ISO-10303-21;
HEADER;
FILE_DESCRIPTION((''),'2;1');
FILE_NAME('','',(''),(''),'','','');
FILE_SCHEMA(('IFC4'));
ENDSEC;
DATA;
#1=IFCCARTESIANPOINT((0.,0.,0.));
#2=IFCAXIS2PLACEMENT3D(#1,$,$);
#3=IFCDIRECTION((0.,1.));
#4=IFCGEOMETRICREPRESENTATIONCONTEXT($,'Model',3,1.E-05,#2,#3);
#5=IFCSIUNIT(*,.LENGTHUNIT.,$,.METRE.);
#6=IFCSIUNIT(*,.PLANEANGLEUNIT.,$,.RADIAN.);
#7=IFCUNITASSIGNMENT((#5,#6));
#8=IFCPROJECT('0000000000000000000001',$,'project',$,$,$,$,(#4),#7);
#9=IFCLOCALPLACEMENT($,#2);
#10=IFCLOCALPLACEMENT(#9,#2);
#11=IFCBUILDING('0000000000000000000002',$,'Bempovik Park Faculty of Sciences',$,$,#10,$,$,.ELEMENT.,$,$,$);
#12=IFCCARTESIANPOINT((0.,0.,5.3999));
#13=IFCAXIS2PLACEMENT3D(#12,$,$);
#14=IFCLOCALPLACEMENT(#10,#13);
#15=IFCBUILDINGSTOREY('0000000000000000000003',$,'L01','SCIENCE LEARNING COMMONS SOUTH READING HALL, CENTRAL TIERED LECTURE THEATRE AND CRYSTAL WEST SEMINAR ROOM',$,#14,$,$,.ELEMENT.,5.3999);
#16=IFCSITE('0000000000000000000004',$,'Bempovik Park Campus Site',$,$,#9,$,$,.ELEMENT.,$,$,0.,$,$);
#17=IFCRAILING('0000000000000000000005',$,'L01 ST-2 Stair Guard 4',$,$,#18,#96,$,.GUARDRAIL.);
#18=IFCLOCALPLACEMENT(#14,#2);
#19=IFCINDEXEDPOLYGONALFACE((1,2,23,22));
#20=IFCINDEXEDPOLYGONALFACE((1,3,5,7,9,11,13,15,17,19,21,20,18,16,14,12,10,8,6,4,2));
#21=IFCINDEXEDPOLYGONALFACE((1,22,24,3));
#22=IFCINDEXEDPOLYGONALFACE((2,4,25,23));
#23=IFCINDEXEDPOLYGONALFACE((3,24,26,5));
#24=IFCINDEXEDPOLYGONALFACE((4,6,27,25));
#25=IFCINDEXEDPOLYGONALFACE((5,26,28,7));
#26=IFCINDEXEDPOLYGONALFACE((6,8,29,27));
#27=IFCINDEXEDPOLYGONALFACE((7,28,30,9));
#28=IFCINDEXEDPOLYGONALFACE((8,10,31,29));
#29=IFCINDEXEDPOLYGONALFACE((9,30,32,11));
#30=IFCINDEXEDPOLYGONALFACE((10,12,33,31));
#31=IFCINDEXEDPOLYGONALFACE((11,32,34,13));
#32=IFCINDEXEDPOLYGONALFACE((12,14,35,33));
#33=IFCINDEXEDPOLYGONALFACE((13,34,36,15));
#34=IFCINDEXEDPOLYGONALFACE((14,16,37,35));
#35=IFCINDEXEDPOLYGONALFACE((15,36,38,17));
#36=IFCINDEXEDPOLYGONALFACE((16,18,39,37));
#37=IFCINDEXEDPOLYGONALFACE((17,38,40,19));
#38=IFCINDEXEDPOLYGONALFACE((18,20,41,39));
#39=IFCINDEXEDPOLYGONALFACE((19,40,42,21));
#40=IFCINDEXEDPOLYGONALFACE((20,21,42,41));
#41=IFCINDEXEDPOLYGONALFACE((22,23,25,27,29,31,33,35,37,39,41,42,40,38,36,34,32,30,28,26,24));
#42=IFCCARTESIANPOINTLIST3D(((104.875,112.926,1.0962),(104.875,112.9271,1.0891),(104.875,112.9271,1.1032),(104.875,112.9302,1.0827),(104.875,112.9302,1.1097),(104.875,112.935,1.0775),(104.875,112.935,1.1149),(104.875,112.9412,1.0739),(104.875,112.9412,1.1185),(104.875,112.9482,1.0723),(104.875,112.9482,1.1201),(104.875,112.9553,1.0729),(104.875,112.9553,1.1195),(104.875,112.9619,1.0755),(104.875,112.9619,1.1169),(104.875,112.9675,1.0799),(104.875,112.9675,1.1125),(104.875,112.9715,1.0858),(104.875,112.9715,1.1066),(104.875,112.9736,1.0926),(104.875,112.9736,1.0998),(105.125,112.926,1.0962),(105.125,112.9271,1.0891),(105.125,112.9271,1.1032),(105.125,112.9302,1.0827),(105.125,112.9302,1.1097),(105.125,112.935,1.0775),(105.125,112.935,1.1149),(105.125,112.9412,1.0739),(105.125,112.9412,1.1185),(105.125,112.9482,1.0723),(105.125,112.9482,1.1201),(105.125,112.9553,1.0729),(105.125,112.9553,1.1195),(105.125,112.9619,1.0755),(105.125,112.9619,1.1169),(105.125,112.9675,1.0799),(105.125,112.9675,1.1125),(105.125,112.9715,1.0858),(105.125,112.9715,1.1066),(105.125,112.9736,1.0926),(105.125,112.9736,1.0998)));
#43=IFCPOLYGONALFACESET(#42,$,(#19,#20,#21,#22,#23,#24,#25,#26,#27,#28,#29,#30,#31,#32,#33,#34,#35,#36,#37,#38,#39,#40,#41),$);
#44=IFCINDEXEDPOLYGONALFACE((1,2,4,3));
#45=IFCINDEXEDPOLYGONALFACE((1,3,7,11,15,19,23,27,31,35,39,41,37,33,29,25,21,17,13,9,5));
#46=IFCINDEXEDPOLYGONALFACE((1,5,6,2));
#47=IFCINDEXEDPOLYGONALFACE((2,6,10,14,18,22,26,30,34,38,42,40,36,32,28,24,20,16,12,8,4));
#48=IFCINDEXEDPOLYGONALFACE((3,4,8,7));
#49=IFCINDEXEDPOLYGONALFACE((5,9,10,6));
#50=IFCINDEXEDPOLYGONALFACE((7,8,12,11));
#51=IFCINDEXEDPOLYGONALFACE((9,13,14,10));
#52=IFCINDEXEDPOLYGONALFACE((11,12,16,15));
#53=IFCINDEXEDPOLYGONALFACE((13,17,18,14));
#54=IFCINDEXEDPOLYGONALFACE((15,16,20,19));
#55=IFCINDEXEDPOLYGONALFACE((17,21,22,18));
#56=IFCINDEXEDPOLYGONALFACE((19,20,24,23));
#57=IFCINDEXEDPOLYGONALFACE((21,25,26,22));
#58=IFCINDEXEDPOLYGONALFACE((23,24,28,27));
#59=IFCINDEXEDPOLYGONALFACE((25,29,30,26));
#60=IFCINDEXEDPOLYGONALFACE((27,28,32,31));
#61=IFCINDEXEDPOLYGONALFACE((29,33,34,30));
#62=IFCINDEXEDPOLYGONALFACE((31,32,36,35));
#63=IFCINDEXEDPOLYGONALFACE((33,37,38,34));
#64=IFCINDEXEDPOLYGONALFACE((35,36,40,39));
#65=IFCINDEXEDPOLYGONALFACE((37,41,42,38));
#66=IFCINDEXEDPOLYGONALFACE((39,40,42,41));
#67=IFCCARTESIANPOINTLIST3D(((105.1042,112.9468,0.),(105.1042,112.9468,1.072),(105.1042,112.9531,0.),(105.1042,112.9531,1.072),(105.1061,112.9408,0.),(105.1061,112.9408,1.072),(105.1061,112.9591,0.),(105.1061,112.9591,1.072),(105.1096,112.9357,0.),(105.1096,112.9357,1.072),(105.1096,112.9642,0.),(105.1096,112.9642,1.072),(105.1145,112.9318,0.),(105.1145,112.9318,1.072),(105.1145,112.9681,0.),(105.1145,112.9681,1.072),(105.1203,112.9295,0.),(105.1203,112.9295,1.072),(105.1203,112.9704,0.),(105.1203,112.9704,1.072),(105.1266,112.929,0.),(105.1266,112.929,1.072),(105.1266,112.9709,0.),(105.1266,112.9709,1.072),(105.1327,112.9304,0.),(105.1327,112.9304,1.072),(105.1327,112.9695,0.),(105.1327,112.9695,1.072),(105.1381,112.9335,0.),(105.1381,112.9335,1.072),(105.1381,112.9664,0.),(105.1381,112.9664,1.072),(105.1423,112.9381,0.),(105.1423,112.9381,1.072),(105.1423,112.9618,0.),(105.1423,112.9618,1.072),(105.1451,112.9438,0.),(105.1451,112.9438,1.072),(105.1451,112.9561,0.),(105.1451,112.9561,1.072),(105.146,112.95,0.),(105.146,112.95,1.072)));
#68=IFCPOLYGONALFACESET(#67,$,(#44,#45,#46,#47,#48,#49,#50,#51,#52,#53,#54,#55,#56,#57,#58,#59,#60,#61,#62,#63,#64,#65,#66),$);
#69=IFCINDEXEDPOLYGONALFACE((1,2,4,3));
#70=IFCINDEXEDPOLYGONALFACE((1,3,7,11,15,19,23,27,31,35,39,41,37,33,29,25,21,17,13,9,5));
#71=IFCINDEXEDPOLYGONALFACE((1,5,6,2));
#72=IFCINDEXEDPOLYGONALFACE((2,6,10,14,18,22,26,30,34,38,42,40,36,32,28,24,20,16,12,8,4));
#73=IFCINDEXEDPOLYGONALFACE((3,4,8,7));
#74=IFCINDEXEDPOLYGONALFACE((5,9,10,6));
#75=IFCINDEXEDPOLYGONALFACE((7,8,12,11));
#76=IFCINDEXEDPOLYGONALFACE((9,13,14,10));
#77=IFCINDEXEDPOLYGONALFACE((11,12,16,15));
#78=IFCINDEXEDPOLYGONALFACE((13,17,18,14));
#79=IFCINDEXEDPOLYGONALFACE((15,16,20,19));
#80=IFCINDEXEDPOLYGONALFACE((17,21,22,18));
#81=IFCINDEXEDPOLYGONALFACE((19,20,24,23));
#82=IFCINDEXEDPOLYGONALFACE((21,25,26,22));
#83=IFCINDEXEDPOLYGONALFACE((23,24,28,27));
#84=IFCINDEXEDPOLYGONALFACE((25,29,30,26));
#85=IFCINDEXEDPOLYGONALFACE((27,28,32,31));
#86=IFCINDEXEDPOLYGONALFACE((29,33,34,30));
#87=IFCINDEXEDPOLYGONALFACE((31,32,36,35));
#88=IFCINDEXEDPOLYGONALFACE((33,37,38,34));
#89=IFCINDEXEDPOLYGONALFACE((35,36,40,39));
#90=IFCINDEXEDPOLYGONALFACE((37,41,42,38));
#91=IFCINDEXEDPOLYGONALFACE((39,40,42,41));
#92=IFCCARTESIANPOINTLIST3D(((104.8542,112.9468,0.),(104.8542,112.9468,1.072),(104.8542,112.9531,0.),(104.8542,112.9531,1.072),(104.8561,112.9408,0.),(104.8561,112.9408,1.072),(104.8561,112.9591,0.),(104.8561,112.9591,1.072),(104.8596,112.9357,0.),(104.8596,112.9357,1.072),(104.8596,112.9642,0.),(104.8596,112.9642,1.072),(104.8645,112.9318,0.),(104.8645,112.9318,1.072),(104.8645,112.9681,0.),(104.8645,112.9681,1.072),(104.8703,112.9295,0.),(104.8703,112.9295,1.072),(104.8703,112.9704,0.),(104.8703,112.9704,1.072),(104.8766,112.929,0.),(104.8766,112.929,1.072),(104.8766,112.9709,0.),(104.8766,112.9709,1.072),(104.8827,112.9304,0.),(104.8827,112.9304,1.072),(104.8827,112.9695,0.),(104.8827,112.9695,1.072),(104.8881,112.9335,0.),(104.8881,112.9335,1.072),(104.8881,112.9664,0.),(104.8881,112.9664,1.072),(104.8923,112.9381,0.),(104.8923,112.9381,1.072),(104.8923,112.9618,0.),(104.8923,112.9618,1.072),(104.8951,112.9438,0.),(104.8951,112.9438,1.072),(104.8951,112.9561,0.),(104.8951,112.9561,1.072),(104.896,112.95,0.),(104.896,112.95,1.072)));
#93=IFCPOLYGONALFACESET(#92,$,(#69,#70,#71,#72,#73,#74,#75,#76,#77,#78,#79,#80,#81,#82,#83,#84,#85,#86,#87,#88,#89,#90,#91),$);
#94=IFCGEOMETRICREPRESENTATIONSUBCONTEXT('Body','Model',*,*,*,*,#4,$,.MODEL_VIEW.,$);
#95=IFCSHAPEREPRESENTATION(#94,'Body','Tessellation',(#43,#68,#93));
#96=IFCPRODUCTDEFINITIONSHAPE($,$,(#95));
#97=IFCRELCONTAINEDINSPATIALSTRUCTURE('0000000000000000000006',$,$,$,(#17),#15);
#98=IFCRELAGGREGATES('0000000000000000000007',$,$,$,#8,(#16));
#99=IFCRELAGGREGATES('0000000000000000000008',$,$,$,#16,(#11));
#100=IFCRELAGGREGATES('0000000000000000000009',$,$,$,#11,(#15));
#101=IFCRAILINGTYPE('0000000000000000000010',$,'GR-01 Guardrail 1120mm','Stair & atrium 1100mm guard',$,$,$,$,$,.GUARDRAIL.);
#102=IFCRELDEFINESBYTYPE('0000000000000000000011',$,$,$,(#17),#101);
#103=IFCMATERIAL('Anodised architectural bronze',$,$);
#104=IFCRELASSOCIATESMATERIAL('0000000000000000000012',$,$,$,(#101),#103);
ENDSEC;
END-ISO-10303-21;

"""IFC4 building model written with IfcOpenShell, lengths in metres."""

from ifc_helpers import new_model, si_unit, direction, frame, origin, origin_2d, place, context, subcontext, project, spatial, circle, extrude, material, type_object, element, save


model = new_model("IFC4")

# Units and contexts
model_context = context("Model", 3, precision=1e-05, world=origin(), true_north=direction((0.0, 1.0)))
body_context = subcontext(model_context, "Body", "Model", "MODEL_VIEW")
ifc_project = project(units=[si_unit("LENGTHUNIT", "METRE"), si_unit("PLANEANGLEUNIT", "RADIAN")], contexts=[model_context])

# Site, building, storey
site_placement = place(None, origin())
site = spatial("IfcSite", under=ifc_project, at=site_placement, Name="Bempovik Park Campus Site", CompositionType="ELEMENT", RefElevation=0.0)
building_placement = place(site_placement, origin())
building = spatial("IfcBuilding", under=site, at=building_placement, Name="Bempovik Park Faculty of Sciences", CompositionType="ELEMENT")
storey_placement = place(building_placement, frame((0.0, 0.0, 5.3999)))
storey = spatial("IfcBuildingStorey", under=building, at=storey_placement, Name="L01", Description="SCIENCE LEARNING COMMONS SOUTH READING HALL, CENTRAL TIERED LECTURE THEATRE AND CRYSTAL WEST SEMINAR ROOM", CompositionType="ELEMENT", Elevation=5.3999)

# Railing
ifc_material_1 = material(Name="Anodised architectural bronze")
railing_type_1 = type_object("IfcRailingType", Name="GR-01 Guardrail 1120mm", Description="Stair & atrium 1100mm guard", PredefinedType="GUARDRAIL", material=ifc_material_1)
railing_1_placement = place(storey_placement, frame((105.125, 112.95, 0.0)))
element("IfcRailing", 1, at=railing_1_placement, inside=storey, type_object=railing_type_1, Name="L01 ST-2 Stair Guard 4", PredefinedType="GUARDRAIL", context=body_context, shape_type="SweptSolid", body=[
    extrude(circle(Radius=0.0239, at=origin_2d()), frame((0.0, 0.0, 1.0962), z_axis=(-1.0, 0.0, 0.0), x_axis=(0.0, -1.0, 0.0)), (0.0, 0.0, 1.0), 0.25),
    extrude(circle(Radius=0.021, at=origin_2d()), origin(), (0.0, 0.0, 1.0), 1.072),
    extrude(circle(Radius=0.021, at=origin_2d()), frame((-0.25, 0.0, 0.0)), (0.0, 0.0, 1.0), 1.072),
])

save(model, "model.ifc")
